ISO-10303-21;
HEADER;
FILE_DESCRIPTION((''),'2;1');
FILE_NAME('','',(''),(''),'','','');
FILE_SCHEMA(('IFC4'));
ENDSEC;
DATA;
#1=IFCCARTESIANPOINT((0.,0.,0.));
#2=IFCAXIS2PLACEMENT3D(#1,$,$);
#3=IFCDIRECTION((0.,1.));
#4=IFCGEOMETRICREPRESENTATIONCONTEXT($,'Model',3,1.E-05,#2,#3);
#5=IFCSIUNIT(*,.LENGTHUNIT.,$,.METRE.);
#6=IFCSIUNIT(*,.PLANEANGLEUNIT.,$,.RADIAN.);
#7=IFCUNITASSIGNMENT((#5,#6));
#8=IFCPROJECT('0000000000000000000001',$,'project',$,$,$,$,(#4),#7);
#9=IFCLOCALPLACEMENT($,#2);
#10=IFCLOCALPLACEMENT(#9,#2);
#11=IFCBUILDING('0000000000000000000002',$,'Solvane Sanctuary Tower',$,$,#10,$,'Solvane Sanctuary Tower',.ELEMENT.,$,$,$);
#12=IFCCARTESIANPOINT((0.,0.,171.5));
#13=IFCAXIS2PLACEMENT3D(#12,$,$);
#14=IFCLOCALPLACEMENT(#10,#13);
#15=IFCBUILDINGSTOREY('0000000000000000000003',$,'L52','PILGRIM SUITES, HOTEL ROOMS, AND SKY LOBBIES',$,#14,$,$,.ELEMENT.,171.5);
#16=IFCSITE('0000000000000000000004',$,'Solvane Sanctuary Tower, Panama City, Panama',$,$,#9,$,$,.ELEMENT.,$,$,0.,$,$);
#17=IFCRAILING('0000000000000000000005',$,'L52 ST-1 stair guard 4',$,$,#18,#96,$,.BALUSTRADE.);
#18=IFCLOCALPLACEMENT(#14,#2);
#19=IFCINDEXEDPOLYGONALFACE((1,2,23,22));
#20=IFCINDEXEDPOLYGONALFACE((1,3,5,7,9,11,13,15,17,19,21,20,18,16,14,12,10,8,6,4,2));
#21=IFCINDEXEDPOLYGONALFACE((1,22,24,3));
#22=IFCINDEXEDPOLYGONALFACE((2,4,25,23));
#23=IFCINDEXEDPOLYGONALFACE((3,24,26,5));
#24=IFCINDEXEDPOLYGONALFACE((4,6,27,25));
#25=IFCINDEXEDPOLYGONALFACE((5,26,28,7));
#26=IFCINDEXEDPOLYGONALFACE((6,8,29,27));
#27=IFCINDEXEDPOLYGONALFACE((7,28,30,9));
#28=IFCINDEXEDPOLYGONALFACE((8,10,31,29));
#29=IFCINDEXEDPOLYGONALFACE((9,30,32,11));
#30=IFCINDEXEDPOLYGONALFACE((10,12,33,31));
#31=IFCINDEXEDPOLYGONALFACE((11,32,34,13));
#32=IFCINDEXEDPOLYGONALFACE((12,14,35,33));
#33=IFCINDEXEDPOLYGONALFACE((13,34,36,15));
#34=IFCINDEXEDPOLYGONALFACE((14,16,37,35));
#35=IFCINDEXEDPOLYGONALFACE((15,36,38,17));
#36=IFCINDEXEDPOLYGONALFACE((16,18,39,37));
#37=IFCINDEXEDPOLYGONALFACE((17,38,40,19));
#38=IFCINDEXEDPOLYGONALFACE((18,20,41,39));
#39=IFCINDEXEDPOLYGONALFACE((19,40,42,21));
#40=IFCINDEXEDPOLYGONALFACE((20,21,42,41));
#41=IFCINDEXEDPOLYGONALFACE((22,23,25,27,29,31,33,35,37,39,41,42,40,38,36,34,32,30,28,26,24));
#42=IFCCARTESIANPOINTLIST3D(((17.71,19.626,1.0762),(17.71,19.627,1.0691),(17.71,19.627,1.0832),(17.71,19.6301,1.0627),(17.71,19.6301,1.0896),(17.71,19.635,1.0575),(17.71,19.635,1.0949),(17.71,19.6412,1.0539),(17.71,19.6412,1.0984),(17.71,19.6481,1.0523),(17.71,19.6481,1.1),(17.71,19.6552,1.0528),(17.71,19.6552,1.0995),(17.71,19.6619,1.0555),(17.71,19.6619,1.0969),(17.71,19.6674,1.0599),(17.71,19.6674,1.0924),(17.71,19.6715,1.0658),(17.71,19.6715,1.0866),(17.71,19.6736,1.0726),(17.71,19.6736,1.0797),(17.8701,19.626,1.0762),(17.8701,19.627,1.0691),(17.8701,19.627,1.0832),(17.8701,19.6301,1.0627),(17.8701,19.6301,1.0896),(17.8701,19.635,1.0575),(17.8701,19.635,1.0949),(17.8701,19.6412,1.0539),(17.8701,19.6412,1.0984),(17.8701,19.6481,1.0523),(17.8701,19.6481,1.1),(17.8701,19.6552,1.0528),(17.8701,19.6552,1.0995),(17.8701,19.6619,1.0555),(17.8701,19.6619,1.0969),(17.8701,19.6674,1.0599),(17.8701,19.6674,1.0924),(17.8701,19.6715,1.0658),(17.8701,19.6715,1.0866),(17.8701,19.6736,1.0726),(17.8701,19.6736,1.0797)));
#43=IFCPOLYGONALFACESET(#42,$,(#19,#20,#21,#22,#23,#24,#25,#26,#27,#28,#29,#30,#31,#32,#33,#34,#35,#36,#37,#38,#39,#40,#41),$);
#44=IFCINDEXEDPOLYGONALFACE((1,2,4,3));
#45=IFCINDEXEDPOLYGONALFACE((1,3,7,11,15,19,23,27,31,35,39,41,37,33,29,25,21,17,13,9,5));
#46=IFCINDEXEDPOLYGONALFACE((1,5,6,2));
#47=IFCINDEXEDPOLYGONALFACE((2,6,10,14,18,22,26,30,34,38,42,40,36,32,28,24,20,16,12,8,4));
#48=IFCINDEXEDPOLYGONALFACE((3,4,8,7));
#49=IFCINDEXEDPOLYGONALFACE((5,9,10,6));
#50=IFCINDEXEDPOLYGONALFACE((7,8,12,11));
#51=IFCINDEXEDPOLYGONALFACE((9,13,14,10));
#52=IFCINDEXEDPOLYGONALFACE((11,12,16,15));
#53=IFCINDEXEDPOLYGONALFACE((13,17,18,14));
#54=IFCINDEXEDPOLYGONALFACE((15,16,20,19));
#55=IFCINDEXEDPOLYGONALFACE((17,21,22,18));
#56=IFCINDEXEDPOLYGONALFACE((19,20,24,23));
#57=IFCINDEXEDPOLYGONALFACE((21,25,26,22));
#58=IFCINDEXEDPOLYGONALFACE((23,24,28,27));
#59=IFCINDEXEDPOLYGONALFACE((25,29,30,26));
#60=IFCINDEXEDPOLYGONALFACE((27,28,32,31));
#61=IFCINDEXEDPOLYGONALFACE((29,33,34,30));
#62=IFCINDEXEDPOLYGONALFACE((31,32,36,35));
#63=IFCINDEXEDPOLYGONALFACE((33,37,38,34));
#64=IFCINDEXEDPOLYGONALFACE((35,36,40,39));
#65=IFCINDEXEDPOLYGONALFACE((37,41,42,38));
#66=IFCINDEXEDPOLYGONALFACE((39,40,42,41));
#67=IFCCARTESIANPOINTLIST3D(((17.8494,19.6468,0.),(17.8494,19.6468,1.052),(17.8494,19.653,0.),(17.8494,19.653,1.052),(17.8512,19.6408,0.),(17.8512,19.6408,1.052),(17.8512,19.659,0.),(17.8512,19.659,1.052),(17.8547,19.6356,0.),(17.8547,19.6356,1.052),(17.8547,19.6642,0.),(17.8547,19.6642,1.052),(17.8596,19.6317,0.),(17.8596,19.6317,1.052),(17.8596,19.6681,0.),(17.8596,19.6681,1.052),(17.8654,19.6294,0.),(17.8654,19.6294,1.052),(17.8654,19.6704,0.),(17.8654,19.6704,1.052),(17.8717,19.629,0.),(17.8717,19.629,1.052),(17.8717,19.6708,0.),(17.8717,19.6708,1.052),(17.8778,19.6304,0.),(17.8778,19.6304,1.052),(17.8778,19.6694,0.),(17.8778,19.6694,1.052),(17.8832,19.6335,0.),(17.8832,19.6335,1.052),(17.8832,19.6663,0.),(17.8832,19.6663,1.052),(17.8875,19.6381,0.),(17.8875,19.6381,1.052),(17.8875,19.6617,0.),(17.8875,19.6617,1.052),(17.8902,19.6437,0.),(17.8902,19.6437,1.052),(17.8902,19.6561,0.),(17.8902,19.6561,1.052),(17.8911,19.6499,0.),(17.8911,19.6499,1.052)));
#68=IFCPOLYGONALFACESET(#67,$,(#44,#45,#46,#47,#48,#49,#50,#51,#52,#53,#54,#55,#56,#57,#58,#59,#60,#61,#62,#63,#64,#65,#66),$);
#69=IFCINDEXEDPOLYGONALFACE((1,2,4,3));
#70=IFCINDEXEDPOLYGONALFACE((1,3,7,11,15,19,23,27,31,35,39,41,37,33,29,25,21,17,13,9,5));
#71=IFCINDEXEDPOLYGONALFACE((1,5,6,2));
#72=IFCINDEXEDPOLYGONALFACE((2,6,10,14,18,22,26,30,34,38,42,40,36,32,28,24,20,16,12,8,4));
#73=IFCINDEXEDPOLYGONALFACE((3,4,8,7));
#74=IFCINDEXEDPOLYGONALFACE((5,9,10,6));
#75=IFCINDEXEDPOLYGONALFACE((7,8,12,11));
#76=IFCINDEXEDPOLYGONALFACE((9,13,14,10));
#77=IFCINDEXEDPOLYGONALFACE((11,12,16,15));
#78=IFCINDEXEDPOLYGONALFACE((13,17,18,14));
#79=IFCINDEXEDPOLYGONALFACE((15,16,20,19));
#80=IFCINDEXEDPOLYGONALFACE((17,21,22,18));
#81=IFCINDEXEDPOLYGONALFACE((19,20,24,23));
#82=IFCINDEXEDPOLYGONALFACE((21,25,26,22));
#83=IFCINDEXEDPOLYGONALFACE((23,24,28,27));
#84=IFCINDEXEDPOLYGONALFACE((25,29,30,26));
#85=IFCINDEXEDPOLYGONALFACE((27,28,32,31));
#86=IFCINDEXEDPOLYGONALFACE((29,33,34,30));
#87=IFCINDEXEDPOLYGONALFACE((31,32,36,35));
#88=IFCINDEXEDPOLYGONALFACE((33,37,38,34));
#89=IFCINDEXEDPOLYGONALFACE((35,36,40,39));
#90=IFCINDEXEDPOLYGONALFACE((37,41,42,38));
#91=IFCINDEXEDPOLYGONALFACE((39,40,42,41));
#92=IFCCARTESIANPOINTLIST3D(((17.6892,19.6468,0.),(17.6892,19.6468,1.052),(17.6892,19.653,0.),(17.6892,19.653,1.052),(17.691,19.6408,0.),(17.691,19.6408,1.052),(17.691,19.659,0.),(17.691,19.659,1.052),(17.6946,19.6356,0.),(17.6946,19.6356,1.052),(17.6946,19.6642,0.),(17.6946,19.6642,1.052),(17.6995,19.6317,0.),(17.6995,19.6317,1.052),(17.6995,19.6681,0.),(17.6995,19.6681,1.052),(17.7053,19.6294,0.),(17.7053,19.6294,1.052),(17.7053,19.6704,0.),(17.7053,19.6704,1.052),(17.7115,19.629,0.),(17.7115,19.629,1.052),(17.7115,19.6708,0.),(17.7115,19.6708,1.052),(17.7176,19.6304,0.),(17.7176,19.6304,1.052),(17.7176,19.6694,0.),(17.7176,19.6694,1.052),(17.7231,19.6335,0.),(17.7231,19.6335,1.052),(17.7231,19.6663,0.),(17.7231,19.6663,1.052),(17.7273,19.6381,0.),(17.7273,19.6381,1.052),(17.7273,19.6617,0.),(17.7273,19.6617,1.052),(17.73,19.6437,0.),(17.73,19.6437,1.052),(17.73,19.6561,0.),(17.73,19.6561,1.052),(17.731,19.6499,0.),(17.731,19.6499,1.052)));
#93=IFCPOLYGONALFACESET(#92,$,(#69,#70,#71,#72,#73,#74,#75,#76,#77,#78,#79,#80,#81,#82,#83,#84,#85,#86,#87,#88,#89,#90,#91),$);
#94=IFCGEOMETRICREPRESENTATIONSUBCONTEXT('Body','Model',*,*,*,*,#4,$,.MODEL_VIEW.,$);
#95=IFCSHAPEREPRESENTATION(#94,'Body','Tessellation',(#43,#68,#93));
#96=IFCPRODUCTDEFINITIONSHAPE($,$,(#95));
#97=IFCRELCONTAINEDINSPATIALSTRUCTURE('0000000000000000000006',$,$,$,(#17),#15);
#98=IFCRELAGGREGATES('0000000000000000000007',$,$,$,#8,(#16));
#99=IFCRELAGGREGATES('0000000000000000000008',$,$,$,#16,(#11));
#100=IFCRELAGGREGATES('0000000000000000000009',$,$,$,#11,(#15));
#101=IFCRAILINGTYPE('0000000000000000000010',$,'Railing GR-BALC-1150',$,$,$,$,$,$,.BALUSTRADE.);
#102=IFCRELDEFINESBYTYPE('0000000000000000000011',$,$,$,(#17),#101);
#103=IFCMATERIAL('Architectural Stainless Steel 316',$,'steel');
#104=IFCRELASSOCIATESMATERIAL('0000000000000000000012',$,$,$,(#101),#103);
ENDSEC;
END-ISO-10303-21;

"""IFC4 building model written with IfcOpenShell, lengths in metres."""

from ifc_helpers import new_model, si_unit, direction, frame, origin, origin_2d, place, context, subcontext, project, spatial, circle, extrude, material, type_object, element, save


model = new_model("IFC4")

# Units and contexts
model_context = context("Model", 3, precision=1e-05, world=origin(), true_north=direction((0.0, 1.0)))
body_context = subcontext(model_context, "Body", "Model", "MODEL_VIEW")
ifc_project = project(units=[si_unit("LENGTHUNIT", "METRE"), si_unit("PLANEANGLEUNIT", "RADIAN")], contexts=[model_context])

# Site, building, storey
site_placement = place(None, origin())
site = spatial("IfcSite", under=ifc_project, at=site_placement, Name="Solvane Sanctuary Tower, Panama City, Panama", CompositionType="ELEMENT", RefElevation=0.0)
building_placement = place(site_placement, origin())
building = spatial("IfcBuilding", under=site, at=building_placement, Name="Solvane Sanctuary Tower", LongName="Solvane Sanctuary Tower", CompositionType="ELEMENT")
storey_placement = place(building_placement, frame((0.0, 0.0, 171.5)))
storey = spatial("IfcBuildingStorey", under=building, at=storey_placement, Name="L52", Description="PILGRIM SUITES, HOTEL ROOMS, AND SKY LOBBIES", CompositionType="ELEMENT", Elevation=171.5)

# Shared definitions
ifc_material_1 = material(Name="Architectural Stainless Steel 316", Category="steel")

# Railing
railing_type_1 = type_object("IfcRailingType", Name="Railing GR-BALC-1150", PredefinedType="BALUSTRADE", material=ifc_material_1)
railing_1_placement = place(storey_placement, frame((17.8701, 19.6499, 0.0)))
element("IfcRailing", 1, at=railing_1_placement, inside=storey, type_object=railing_type_1, Name="L52 ST-1 stair guard 4", PredefinedType="BALUSTRADE", context=body_context, shape_type="SweptSolid", body=[
    extrude(circle(Radius=0.0239, at=origin_2d()), frame((0.0, 0.0, 1.0762), z_axis=(-1.0, 0.0, 0.0), x_axis=(0.0, -1.0, 0.0)), (0.0, 0.0, 1.0), 0.1602),
    extrude(circle(Radius=0.021, at=origin_2d()), origin(), (0.0, 0.0, 1.0), 1.052),
    extrude(circle(Radius=0.021, at=origin_2d()), frame((-0.1602, 0.0, 0.0)), (0.0, 0.0, 1.0), 1.052),
])

save(model, "model.ifc")
